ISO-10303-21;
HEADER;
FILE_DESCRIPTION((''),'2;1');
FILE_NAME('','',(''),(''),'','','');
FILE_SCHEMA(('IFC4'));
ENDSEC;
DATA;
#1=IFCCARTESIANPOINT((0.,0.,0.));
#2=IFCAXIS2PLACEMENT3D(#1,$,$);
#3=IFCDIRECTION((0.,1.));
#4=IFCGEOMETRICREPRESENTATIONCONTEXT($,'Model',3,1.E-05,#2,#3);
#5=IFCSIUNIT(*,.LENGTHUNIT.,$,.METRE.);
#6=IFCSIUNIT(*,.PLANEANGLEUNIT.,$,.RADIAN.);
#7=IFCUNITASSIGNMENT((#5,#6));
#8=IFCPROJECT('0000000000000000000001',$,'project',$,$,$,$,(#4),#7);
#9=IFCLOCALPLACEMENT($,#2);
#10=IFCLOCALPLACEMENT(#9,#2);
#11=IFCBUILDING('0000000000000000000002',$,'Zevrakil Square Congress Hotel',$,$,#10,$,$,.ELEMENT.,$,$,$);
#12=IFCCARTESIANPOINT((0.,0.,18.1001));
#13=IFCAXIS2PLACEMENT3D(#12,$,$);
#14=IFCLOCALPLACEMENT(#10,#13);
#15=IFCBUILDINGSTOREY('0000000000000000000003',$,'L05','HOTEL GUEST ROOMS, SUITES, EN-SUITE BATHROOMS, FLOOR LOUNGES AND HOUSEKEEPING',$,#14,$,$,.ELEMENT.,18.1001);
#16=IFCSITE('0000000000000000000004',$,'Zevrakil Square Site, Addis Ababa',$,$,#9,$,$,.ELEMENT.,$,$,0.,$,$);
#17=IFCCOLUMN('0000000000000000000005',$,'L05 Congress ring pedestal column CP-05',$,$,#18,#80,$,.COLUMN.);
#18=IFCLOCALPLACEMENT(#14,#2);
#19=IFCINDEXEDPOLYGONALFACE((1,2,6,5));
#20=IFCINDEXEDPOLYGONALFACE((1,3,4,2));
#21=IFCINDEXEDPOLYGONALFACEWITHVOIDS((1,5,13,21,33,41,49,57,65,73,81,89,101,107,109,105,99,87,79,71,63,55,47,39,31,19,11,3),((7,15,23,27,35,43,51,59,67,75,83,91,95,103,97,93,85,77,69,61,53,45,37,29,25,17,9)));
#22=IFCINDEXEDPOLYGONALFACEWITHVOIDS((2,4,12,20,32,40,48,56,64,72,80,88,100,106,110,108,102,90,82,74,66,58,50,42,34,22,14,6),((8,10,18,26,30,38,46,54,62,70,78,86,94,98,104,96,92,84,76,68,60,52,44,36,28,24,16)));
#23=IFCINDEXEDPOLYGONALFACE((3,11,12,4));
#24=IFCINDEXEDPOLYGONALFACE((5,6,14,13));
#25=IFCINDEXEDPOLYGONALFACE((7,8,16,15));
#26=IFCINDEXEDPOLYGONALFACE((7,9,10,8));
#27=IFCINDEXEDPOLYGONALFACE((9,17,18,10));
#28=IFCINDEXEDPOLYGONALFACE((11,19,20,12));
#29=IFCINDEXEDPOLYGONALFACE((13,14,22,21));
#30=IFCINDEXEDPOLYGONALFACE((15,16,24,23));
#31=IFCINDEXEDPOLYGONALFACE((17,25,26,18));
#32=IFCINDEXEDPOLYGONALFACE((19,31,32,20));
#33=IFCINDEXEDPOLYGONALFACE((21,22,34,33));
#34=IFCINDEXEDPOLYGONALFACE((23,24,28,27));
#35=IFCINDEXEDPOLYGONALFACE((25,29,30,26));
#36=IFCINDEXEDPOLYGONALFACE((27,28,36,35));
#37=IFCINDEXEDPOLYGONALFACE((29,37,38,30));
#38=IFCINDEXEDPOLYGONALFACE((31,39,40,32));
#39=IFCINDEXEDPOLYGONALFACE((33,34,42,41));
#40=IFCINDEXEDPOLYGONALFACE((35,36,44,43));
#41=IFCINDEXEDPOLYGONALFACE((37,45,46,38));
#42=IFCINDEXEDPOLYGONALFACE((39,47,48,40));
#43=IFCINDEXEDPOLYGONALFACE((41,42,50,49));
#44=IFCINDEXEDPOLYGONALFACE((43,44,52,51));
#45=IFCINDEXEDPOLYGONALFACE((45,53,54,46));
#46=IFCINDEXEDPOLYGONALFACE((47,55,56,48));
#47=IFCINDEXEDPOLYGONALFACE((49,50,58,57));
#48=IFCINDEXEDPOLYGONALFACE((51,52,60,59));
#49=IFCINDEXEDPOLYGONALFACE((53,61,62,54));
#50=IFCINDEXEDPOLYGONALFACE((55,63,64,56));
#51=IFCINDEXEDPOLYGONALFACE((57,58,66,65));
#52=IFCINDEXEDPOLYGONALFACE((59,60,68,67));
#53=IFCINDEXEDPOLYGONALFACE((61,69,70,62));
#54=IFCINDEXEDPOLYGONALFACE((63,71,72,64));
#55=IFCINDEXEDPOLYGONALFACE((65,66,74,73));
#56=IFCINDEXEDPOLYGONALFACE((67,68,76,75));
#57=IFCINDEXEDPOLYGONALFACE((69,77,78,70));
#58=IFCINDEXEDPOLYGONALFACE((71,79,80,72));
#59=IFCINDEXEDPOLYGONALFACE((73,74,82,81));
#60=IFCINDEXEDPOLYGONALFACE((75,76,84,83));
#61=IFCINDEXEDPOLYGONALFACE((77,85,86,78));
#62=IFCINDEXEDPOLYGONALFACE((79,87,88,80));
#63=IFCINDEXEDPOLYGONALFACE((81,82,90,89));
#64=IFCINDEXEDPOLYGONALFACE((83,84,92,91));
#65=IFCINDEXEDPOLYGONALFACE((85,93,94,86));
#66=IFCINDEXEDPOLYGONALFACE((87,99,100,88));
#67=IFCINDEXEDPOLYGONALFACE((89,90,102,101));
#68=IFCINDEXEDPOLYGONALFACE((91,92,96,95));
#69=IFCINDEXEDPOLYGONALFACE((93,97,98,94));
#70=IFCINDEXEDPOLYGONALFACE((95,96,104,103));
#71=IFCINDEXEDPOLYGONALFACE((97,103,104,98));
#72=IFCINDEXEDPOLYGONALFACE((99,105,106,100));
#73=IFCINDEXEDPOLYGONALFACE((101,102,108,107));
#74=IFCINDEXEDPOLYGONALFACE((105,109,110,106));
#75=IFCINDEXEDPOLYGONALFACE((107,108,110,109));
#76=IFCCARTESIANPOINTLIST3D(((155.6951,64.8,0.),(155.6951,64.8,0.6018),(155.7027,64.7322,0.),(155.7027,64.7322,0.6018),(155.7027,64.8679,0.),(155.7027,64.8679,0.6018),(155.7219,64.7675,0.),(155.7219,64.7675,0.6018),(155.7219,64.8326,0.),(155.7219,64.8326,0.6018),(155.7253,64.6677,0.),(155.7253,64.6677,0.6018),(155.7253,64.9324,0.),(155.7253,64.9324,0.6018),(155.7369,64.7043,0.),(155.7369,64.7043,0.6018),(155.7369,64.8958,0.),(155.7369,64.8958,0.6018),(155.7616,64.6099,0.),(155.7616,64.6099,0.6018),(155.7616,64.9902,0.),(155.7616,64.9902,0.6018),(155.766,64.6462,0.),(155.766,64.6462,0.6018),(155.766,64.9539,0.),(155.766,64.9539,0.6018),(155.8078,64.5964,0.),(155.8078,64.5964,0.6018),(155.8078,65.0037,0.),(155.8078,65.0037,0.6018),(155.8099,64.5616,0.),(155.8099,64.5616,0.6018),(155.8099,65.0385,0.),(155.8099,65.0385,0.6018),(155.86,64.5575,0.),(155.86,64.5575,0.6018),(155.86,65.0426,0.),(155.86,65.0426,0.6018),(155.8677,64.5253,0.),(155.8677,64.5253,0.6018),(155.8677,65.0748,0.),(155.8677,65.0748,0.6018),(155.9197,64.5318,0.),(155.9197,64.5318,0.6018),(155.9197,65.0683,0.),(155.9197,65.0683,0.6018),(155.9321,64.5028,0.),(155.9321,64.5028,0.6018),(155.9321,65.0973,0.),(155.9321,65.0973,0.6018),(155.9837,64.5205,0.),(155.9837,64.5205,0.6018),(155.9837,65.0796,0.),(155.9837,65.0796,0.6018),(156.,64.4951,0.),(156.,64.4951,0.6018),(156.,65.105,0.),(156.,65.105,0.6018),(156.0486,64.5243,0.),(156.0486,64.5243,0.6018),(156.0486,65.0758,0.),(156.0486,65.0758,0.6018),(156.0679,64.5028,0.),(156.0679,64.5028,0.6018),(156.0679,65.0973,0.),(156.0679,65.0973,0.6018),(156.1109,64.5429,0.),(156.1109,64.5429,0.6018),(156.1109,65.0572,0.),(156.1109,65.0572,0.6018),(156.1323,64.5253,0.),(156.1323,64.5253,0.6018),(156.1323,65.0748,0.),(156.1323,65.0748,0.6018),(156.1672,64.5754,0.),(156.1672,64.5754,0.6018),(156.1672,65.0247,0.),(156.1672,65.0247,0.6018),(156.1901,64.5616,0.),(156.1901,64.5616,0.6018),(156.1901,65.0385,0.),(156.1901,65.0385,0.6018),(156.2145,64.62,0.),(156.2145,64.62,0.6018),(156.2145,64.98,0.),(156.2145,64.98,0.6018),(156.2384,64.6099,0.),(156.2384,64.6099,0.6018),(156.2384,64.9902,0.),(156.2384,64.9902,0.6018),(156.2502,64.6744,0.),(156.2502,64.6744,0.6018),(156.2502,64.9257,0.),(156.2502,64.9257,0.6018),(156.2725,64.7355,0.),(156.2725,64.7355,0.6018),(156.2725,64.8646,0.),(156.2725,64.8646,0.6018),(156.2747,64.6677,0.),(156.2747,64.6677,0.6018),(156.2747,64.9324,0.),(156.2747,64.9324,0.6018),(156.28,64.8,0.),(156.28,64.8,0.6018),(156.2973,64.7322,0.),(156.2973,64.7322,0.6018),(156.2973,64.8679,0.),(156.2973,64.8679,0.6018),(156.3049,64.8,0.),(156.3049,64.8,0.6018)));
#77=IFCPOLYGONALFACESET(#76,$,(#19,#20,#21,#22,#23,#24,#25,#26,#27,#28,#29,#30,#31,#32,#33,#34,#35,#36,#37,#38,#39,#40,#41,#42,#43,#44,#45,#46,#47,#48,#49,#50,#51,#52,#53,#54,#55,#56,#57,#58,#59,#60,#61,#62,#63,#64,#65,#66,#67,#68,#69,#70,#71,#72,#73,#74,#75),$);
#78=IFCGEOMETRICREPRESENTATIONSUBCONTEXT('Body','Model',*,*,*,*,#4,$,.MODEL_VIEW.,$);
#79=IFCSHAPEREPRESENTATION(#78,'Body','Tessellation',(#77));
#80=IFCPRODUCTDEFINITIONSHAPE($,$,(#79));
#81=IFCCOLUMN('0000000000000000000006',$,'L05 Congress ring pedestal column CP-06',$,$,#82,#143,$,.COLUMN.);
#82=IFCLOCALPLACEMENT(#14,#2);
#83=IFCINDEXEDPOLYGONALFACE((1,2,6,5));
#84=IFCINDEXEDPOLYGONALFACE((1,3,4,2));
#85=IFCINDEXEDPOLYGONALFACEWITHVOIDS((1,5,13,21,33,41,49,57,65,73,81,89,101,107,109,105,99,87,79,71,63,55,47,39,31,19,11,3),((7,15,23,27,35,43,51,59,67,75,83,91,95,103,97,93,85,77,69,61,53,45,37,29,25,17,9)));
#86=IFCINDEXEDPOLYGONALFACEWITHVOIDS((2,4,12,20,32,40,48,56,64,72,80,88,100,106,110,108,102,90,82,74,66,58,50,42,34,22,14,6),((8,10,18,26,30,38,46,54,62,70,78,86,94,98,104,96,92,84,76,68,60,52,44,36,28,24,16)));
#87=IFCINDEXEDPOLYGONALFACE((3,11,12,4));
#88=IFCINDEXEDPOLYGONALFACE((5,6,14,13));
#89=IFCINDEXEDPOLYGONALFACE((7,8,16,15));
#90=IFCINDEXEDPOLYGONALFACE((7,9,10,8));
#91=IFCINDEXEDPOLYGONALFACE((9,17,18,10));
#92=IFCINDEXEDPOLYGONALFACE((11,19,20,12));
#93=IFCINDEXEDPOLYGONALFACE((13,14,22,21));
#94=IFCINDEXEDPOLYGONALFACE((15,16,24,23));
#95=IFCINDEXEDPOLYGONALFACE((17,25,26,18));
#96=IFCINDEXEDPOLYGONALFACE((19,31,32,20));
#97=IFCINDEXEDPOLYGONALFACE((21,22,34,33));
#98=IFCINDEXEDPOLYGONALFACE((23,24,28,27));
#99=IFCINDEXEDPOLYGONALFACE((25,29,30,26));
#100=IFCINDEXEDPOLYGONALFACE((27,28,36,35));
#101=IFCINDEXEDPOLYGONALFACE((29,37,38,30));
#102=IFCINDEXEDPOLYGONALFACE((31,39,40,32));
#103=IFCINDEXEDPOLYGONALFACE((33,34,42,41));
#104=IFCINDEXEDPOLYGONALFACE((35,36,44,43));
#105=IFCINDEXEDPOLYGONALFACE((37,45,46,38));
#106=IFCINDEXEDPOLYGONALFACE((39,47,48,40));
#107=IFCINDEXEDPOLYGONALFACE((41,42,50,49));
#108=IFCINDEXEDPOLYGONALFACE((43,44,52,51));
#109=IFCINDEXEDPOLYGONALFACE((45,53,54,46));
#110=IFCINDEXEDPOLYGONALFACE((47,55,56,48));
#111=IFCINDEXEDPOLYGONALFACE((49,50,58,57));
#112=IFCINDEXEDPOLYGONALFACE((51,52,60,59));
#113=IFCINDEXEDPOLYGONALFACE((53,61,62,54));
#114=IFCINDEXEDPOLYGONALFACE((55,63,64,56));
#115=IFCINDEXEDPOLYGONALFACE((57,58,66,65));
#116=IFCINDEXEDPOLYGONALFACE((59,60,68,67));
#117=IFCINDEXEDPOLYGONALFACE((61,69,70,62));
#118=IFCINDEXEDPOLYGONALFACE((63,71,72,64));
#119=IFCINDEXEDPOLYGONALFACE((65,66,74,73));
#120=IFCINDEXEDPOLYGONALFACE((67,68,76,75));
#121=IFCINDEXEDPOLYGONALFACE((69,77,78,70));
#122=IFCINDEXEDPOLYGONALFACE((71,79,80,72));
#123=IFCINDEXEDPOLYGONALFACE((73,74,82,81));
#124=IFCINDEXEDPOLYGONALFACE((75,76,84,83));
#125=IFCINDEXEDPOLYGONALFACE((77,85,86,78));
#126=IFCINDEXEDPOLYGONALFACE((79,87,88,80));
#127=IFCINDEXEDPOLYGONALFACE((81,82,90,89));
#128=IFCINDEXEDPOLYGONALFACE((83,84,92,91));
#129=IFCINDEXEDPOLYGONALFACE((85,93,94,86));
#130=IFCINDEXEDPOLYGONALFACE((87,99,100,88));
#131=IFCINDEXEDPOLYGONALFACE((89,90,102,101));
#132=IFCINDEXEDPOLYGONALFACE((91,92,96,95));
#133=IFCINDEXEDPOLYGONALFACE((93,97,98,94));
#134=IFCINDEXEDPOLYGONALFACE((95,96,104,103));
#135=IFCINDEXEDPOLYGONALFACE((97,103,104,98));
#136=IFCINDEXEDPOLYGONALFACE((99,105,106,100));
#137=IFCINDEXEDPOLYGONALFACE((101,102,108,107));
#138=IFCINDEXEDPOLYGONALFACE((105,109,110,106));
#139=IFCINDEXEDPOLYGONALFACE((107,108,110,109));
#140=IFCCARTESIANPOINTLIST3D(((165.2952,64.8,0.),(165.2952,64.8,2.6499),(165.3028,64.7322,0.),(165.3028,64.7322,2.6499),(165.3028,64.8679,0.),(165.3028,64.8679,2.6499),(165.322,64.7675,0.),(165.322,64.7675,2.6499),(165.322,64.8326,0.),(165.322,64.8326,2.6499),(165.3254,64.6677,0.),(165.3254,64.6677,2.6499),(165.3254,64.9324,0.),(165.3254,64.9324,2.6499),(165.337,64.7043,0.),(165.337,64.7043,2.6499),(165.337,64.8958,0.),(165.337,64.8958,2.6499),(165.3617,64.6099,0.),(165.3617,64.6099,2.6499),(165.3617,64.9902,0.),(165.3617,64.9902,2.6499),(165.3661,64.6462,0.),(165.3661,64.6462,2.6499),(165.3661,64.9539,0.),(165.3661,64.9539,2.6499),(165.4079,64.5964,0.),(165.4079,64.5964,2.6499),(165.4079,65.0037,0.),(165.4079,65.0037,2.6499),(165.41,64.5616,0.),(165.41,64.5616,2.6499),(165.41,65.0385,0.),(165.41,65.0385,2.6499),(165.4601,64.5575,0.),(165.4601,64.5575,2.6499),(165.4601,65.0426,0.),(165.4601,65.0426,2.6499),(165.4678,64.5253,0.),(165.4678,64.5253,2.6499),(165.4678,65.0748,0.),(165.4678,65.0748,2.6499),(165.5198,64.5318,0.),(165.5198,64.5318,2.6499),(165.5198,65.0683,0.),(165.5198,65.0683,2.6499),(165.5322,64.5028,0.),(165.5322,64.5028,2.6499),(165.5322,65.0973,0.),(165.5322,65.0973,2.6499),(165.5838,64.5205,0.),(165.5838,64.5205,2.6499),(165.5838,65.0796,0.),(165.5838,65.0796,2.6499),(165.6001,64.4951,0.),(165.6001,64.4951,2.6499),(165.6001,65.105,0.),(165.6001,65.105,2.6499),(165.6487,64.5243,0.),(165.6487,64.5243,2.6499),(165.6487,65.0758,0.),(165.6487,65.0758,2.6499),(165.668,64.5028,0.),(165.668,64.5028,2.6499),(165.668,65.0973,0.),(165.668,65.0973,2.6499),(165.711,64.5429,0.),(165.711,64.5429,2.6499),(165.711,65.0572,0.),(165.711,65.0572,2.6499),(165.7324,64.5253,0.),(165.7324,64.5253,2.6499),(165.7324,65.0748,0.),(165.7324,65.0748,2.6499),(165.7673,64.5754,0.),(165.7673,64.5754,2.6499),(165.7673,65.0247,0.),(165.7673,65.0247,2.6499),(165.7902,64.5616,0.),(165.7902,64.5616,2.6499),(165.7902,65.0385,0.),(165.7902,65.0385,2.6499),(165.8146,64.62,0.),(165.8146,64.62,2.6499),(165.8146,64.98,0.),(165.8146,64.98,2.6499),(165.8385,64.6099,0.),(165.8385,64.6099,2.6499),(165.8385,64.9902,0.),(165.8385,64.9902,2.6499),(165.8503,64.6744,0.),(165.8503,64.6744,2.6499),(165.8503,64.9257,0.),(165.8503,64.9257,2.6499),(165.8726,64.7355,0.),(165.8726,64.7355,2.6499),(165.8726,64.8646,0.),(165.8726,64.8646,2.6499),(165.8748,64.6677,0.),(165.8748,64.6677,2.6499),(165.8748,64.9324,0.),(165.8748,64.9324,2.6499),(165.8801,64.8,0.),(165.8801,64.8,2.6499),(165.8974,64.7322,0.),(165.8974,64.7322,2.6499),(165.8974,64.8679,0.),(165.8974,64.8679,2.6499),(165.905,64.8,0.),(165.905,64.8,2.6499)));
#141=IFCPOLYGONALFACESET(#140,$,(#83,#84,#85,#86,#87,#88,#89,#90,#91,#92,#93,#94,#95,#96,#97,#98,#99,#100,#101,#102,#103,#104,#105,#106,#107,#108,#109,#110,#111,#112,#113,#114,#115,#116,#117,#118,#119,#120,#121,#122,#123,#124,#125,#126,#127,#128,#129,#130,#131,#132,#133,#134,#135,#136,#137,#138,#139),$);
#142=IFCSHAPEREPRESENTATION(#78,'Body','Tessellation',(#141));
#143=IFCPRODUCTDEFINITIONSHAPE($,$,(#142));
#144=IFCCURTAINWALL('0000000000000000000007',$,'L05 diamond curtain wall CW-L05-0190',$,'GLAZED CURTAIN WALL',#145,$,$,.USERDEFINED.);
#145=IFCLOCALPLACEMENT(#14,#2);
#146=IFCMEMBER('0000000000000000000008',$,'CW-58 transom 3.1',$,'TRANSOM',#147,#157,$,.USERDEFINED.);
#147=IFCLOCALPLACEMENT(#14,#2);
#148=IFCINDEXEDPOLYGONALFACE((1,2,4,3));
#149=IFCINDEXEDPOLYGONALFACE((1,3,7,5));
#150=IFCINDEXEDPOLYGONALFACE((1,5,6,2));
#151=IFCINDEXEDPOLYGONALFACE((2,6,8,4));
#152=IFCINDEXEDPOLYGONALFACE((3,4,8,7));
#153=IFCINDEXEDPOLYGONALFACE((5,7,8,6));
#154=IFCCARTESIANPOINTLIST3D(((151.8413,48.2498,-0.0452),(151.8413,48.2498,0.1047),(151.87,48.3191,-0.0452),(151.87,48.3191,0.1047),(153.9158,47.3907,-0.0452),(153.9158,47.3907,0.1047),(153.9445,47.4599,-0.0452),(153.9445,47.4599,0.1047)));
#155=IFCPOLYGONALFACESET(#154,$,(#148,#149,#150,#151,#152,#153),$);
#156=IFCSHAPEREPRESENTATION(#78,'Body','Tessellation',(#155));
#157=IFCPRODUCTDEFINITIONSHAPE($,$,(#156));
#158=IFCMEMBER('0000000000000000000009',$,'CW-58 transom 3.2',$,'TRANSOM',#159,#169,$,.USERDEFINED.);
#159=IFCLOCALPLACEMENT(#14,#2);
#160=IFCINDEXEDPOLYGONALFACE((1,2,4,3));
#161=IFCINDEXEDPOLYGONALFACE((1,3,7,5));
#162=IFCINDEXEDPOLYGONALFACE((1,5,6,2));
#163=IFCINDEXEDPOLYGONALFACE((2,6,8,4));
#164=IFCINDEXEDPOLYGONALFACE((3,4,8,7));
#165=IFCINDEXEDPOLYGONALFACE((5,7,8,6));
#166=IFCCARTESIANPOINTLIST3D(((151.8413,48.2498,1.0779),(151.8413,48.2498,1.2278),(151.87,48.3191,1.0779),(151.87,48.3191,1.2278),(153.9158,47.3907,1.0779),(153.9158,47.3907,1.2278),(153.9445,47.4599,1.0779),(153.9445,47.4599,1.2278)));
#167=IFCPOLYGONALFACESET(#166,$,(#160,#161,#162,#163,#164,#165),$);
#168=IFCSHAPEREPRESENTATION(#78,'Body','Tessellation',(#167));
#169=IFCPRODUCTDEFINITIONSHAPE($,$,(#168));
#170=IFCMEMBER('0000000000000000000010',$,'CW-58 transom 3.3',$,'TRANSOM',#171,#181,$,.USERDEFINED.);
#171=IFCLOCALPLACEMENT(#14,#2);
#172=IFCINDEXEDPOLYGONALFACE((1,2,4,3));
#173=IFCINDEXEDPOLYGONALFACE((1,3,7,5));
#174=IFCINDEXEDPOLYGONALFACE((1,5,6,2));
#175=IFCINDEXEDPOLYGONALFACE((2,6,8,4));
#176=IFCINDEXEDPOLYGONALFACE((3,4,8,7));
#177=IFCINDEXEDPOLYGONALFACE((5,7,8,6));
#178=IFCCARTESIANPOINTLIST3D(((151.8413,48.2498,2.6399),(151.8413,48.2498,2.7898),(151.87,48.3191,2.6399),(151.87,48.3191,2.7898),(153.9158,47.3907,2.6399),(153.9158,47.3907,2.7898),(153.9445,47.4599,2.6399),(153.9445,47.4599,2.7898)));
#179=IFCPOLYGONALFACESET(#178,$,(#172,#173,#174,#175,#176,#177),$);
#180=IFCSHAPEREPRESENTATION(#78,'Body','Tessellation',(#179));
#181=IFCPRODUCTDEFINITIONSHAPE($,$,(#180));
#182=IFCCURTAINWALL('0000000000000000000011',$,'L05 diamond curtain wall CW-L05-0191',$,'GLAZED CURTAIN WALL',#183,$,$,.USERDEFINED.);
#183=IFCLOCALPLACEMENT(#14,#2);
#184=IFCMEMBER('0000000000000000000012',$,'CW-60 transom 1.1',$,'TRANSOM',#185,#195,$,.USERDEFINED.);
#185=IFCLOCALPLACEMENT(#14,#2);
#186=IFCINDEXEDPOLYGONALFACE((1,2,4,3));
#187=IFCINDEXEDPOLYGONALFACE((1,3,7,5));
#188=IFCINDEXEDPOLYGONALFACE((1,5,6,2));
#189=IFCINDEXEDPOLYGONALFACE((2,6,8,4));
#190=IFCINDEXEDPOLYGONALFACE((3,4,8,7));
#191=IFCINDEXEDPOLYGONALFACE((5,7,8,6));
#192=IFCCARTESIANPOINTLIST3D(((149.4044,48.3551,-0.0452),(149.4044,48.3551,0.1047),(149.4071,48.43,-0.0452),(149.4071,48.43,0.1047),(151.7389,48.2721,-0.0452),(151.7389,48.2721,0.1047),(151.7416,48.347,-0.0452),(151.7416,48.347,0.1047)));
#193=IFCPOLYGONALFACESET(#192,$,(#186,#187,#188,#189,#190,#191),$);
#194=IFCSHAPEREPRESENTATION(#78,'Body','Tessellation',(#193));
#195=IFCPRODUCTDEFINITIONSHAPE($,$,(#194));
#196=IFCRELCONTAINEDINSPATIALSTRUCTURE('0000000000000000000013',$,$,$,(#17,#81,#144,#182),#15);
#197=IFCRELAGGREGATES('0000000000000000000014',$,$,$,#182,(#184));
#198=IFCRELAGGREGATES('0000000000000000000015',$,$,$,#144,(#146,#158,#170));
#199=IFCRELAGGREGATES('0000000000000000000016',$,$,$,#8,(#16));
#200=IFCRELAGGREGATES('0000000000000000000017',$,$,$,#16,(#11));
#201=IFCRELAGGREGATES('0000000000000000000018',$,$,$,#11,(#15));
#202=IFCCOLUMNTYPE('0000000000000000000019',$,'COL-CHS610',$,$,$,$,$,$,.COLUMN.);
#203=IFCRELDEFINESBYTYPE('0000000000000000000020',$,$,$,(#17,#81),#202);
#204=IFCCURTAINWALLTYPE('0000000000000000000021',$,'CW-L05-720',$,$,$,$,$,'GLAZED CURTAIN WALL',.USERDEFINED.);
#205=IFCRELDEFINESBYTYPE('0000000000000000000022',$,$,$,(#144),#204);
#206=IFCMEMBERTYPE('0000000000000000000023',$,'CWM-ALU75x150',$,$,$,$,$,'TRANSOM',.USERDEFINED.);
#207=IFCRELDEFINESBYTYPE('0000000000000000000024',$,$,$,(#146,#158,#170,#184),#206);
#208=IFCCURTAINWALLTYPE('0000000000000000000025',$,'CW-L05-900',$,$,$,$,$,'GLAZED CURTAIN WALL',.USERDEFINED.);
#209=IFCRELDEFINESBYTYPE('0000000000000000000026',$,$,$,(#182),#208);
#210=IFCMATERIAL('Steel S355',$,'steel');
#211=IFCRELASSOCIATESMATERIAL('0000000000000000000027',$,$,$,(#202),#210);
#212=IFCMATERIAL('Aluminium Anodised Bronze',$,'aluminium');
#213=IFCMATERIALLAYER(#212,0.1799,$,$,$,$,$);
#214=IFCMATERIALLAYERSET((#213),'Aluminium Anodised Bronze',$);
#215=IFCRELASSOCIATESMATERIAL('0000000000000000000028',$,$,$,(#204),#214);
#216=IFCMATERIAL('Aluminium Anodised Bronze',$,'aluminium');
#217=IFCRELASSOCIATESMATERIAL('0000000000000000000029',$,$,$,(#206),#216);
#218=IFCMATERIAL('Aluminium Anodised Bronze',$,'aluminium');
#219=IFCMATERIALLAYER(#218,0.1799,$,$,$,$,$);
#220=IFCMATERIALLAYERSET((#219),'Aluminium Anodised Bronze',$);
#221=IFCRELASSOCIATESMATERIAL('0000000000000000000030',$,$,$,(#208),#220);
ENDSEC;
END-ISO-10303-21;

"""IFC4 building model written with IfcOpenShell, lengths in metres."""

from ifc_helpers import new_model, si_unit, direction, frame, origin, origin_2d, place, context, subcontext, project, spatial, rectangle, hollow_circle, extrude, material, layer, layer_set, material_profile, profile_set, type_object, element, aggregate, save


model = new_model("IFC4")

# Units and contexts
model_context = context("Model", 3, precision=1e-05, world=origin(), true_north=direction((0.0, 1.0)))
body_context = subcontext(model_context, "Body", "Model", "MODEL_VIEW")
ifc_project = project(units=[si_unit("LENGTHUNIT", "METRE"), si_unit("PLANEANGLEUNIT", "RADIAN")], contexts=[model_context])

# Site, building, storey
site_placement = place(None, origin())
site = spatial("IfcSite", under=ifc_project, at=site_placement, Name="Zevrakil Square Site, Addis Ababa", CompositionType="ELEMENT", RefElevation=0.0)
building_placement = place(site_placement, origin())
building = spatial("IfcBuilding", under=site, at=building_placement, Name="Zevrakil Square Congress Hotel", CompositionType="ELEMENT")
storey_placement = place(building_placement, frame((0.0, 0.0, 18.1001)))
storey = spatial("IfcBuildingStorey", under=building, at=storey_placement, Name="L05", Description="HOTEL GUEST ROOMS, SUITES, EN-SUITE BATHROOMS, FLOOR LOUNGES AND HOUSEKEEPING", CompositionType="ELEMENT", Elevation=18.1001)

# Columns
ifc_material_1 = material(Name="Steel S355", Category="steel")
ifc_material_profile_1 = material_profile(ifc_material_1, hollow_circle(Radius=0.3049, WallThickness=0.0249, at=origin_2d()), Name="CHS 610x25")
ifc_profile_set_1 = profile_set([ifc_material_profile_1], Name="Steel S355")
column_type = type_object("IfcColumnType", Name="COL-CHS610", PredefinedType="COLUMN", material=ifc_profile_set_1)
column_1_placement = place(storey_placement, frame((156.0, 64.8, 0.0), z_axis=(0.0, 0.0, 1.0), x_axis=(1.0, 0.0, 0.0)))
element("IfcColumn", 1, at=column_1_placement, inside=storey, type_object=column_type, Name="L05 Congress ring pedestal column CP-05", PredefinedType="COLUMN", context=body_context, shape_type="SweptSolid", body=[
    extrude(hollow_circle(Radius=0.3049, WallThickness=0.0249, at=origin_2d()), origin(), (0.0, 0.0, 1.0), 0.6018),
])
column_2_placement = place(storey_placement, frame((165.6001, 64.8, 0.0), z_axis=(0.0, 0.0, 1.0), x_axis=(1.0, 0.0, 0.0)))
element("IfcColumn", 2, at=column_2_placement, inside=storey, type_object=column_type, Name="L05 Congress ring pedestal column CP-06", PredefinedType="COLUMN", context=body_context, shape_type="SweptSolid", body=[
    extrude(hollow_circle(Radius=0.3049, WallThickness=0.0249, at=origin_2d()), origin(), (0.0, 0.0, 1.0), 2.6499),
])

# Curtain walls, members
ifc_material_2 = material(Name="Aluminium Anodised Bronze", Category="aluminium")
ifc_layer_1 = layer(ifc_material_2, 0.1799)
ifc_layer_set_1 = layer_set([ifc_layer_1], Name="Aluminium Anodised Bronze")
curtain_wall_type_1 = type_object("IfcCurtainWallType", Name="CW-L05-720", ElementType="GLAZED CURTAIN WALL", PredefinedType="USERDEFINED", material=ifc_layer_set_1)
curtain_wall_1_placement = place(storey_placement, origin())
curtain_wall_1 = element("IfcCurtainWall", 3, at=curtain_wall_1_placement, inside=storey, type_object=curtain_wall_type_1, Name="L05 diamond curtain wall CW-L05-0190", ObjectType="GLAZED CURTAIN WALL", PredefinedType="USERDEFINED")
ifc_material_3 = material(Name="Aluminium Anodised Bronze", Category="aluminium")
ifc_material_profile_2 = material_profile(ifc_material_3, rectangle(XDim=0.075, YDim=0.1499, at=origin_2d()), Name="ALU 75x150")
ifc_profile_set_2 = profile_set([ifc_material_profile_2], Name="Aluminium Anodised Bronze")
member_type_1 = type_object("IfcMemberType", Name="CWM-ALU75x150", ElementType="TRANSOM", PredefinedType="USERDEFINED", material=ifc_profile_set_2)
member_1_placement = place(storey_placement, frame((153.9302, 47.4253, 0.0298), z_axis=(-0.923902, 0.38263, 0.0), x_axis=(-0.38263, -0.923902, 0.0)))
member_1 = element("IfcMember", 4, at=member_1_placement, type_object=member_type_1, Name="CW-58 transom 3.1", ObjectType="TRANSOM", PredefinedType="USERDEFINED", context=body_context, shape_type="SweptSolid", body=[
    extrude(rectangle(XDim=0.075, YDim=0.1499, at=origin_2d()), origin(), (0.0, 0.0, 1.0), 2.2454),
])
member_2_placement = place(storey_placement, frame((153.9302, 47.4253, 1.1528), z_axis=(-0.923902, 0.38263, 0.0), x_axis=(-0.38263, -0.923902, 0.0)))
member_2 = element("IfcMember", 5, at=member_2_placement, type_object=member_type_1, Name="CW-58 transom 3.2", ObjectType="TRANSOM", PredefinedType="USERDEFINED", context=body_context, shape_type="SweptSolid", body=[
    extrude(rectangle(XDim=0.075, YDim=0.1499, at=origin_2d()), origin(), (0.0, 0.0, 1.0), 2.2454),
])
member_3_placement = place(storey_placement, frame((153.9302, 47.4253, 2.7148), z_axis=(-0.923902, 0.38263, 0.0), x_axis=(-0.38263, -0.923902, 0.0)))
member_3 = element("IfcMember", 6, at=member_3_placement, type_object=member_type_1, Name="CW-58 transom 3.3", ObjectType="TRANSOM", PredefinedType="USERDEFINED", context=body_context, shape_type="SweptSolid", body=[
    extrude(rectangle(XDim=0.075, YDim=0.1499, at=origin_2d()), origin(), (0.0, 0.0, 1.0), 2.2454),
])
ifc_material_4 = material(Name="Aluminium Anodised Bronze", Category="aluminium")
ifc_layer_2 = layer(ifc_material_4, 0.1799)
ifc_layer_set_2 = layer_set([ifc_layer_2], Name="Aluminium Anodised Bronze")
curtain_wall_type_2 = type_object("IfcCurtainWallType", Name="CW-L05-900", ElementType="GLAZED CURTAIN WALL", PredefinedType="USERDEFINED", material=ifc_layer_set_2)
curtain_wall_2_placement = place(storey_placement, origin())
curtain_wall_2 = element("IfcCurtainWall", 7, at=curtain_wall_2_placement, inside=storey, type_object=curtain_wall_type_2, Name="L05 diamond curtain wall CW-L05-0191", ObjectType="GLAZED CURTAIN WALL", PredefinedType="USERDEFINED")
member_4_placement = place(storey_placement, frame((151.7402, 48.3096, 0.0298), z_axis=(-0.999368, 0.035535, 0.0), x_axis=(-0.035535, -0.999368, 0.0)))
member_4 = element("IfcMember", 8, at=member_4_placement, type_object=member_type_1, Name="CW-60 transom 1.1", ObjectType="TRANSOM", PredefinedType="USERDEFINED", context=body_context, shape_type="SweptSolid", body=[
    extrude(rectangle(XDim=0.075, YDim=0.1499, at=origin_2d()), origin(), (0.0, 0.0, 1.0), 2.3359),
])

aggregate(curtain_wall_2, [member_4])

aggregate(curtain_wall_1, [member_1, member_2, member_3])

save(model, "model.ifc")
